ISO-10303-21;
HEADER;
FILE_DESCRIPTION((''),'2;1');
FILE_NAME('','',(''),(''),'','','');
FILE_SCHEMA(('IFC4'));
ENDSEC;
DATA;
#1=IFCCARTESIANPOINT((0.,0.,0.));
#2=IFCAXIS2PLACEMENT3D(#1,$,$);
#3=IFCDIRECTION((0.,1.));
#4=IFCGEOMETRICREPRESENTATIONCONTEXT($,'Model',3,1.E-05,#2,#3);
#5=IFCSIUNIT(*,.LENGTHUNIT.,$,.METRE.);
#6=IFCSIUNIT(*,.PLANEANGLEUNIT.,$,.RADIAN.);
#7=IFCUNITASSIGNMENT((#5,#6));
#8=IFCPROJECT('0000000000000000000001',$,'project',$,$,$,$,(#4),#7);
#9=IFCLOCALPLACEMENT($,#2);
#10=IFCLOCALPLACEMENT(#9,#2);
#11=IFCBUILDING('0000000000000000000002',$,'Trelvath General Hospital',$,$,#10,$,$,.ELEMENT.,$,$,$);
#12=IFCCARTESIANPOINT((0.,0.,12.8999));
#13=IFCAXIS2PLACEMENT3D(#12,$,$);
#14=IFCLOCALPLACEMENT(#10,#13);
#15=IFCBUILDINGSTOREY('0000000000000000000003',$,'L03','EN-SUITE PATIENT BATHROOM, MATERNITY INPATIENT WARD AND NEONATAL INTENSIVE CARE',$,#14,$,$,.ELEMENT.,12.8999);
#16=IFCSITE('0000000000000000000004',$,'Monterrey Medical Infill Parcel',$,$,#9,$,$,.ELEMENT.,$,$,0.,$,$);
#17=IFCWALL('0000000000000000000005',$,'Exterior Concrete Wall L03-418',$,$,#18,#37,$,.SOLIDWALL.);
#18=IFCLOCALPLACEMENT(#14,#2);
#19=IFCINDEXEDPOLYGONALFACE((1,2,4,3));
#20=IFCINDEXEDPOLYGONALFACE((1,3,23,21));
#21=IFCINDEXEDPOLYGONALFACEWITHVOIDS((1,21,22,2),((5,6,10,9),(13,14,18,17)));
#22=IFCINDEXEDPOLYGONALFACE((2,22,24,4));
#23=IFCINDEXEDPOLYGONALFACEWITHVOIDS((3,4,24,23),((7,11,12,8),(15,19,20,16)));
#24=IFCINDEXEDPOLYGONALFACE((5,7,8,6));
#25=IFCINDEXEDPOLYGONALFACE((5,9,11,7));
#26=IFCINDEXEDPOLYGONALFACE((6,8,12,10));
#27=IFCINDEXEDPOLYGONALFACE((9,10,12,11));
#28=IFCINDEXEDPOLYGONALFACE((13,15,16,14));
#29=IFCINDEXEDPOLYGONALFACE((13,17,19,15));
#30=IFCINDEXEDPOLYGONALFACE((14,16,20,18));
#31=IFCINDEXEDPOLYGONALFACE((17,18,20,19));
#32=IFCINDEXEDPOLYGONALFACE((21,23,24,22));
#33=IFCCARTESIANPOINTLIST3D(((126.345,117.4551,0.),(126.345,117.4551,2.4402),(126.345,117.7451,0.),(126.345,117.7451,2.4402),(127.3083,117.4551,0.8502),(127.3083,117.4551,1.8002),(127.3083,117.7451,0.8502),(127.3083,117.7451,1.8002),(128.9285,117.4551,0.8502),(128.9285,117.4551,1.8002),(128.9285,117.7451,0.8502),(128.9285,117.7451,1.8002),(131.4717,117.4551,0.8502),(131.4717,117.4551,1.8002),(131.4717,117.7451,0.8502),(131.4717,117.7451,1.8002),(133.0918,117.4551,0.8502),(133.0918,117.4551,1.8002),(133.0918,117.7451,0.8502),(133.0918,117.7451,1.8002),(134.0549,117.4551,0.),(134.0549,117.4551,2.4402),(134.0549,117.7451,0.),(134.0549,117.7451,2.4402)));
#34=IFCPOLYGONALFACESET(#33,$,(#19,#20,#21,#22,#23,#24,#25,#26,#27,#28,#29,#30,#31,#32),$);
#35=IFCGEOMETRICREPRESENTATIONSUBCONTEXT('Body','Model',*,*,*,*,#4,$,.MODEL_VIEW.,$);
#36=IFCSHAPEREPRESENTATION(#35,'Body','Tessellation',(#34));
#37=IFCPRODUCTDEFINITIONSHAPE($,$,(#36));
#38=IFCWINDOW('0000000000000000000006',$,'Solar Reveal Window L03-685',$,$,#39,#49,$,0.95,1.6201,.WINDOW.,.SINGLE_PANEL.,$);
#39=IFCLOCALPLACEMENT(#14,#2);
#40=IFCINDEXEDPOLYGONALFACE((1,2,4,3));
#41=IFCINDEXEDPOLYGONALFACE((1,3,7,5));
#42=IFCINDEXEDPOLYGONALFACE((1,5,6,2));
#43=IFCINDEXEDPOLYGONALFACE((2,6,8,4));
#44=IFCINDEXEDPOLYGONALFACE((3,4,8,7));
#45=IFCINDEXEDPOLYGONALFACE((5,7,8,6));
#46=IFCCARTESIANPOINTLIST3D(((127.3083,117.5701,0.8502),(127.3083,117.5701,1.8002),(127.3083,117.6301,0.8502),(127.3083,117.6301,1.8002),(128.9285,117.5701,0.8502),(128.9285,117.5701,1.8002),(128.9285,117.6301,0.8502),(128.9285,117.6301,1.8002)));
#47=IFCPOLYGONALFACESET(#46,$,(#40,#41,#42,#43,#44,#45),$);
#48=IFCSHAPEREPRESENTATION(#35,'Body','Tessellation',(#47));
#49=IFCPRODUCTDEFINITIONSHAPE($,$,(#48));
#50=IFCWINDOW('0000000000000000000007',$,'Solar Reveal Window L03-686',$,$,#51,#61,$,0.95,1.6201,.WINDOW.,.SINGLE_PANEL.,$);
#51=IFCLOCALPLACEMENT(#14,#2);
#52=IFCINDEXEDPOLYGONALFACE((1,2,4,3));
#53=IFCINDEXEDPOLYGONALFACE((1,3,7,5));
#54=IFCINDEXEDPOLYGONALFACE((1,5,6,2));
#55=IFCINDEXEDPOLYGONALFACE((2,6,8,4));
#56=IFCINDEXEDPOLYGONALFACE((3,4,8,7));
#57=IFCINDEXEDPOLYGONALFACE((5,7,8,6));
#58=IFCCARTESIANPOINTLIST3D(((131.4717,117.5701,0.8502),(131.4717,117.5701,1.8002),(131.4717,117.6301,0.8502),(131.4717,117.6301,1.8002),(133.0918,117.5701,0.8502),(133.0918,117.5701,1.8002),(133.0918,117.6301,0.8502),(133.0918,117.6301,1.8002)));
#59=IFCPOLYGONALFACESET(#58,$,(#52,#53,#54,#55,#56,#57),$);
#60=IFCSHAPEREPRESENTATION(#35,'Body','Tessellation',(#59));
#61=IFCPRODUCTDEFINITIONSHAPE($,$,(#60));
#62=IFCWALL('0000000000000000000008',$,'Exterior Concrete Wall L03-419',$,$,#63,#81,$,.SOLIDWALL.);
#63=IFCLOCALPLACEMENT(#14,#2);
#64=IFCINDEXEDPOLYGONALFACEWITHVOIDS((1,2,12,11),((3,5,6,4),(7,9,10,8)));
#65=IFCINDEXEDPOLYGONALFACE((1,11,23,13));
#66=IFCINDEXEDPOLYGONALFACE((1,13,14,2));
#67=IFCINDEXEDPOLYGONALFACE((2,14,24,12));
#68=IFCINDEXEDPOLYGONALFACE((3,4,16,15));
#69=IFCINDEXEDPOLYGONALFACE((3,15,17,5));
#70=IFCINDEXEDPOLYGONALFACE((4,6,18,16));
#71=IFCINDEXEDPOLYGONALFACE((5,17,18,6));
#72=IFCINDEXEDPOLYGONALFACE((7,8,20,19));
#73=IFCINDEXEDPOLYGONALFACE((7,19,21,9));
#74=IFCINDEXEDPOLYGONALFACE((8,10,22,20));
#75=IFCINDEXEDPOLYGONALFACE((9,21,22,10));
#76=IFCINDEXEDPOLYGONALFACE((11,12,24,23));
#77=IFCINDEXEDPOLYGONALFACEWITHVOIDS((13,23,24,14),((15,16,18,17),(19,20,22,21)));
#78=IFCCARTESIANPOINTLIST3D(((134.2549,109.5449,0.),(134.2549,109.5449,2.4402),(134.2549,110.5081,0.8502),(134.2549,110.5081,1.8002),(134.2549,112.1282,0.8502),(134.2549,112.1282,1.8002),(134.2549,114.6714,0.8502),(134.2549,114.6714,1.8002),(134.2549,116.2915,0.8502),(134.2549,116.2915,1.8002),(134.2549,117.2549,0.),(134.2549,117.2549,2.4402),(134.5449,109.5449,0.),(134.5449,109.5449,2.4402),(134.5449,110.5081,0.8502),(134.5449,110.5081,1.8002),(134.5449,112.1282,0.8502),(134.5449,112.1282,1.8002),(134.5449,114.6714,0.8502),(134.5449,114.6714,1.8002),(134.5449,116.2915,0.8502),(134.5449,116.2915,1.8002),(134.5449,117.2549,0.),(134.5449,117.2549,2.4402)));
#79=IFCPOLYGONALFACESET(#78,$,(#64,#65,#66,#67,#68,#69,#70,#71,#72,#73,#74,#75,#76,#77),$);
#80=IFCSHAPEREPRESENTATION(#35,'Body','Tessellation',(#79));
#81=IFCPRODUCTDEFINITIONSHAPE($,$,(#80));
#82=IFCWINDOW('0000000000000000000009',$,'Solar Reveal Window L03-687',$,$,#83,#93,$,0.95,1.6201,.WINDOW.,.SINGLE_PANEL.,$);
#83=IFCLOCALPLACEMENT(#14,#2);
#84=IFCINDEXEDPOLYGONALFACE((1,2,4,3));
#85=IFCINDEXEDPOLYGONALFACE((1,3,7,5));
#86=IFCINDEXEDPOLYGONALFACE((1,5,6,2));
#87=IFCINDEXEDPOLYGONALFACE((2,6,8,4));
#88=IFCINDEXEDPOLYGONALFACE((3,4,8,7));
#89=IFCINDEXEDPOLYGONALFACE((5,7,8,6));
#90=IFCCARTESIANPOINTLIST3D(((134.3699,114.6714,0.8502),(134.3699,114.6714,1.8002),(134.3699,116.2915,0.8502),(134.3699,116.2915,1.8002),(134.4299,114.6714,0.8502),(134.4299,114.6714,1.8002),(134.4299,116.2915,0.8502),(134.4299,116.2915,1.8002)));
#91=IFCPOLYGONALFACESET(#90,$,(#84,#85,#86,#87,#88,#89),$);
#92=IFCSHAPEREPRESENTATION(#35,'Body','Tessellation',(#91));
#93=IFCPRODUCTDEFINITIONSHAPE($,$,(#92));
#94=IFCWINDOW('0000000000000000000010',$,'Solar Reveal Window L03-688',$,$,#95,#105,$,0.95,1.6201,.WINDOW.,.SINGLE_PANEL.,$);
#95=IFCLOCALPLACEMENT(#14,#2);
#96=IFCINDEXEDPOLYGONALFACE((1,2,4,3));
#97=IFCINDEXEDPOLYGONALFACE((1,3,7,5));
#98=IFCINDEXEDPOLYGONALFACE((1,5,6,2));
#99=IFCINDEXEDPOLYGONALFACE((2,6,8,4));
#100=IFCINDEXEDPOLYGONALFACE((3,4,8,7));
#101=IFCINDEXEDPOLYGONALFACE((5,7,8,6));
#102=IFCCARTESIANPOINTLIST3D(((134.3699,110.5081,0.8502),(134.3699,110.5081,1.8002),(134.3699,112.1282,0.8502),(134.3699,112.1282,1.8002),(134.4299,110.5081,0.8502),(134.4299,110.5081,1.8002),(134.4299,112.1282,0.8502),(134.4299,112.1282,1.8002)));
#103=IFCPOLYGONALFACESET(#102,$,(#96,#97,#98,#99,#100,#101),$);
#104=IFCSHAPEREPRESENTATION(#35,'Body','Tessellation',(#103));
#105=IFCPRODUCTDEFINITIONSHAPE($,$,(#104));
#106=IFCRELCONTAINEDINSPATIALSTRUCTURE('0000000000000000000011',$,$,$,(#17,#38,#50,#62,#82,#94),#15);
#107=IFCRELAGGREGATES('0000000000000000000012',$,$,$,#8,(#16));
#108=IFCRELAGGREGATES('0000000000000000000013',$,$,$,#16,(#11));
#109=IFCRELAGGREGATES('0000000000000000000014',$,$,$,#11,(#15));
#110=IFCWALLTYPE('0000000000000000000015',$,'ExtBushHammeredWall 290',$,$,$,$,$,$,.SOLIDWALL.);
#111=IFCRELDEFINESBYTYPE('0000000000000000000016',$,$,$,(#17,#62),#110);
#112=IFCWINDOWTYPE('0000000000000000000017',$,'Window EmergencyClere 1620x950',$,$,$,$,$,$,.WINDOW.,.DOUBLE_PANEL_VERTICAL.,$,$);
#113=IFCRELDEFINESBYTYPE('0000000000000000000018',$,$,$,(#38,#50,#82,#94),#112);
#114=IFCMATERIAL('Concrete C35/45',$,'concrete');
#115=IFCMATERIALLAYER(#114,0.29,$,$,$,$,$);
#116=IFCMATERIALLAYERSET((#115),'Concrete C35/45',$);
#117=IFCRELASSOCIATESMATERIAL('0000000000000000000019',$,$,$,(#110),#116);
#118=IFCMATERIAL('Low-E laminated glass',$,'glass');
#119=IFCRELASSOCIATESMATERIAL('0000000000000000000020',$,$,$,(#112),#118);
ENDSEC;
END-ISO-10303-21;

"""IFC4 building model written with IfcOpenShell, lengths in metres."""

from ifc_helpers import new_model, si_unit, direction, frame, frame_2d, origin, place, context, subcontext, project, spatial, rectangle, extrude, material, layer, layer_set, type_object, element, fill, save


model = new_model("IFC4")

# Units and contexts
model_context = context("Model", 3, precision=1e-05, world=origin(), true_north=direction((0.0, 1.0)))
body_context = subcontext(model_context, "Body", "Model", "MODEL_VIEW")
ifc_project = project(units=[si_unit("LENGTHUNIT", "METRE"), si_unit("PLANEANGLEUNIT", "RADIAN")], contexts=[model_context])

# Site, building, storey
site_placement = place(None, origin())
site = spatial("IfcSite", under=ifc_project, at=site_placement, Name="Monterrey Medical Infill Parcel", CompositionType="ELEMENT", RefElevation=0.0)
building_placement = place(site_placement, origin())
building = spatial("IfcBuilding", under=site, at=building_placement, Name="Trelvath General Hospital", CompositionType="ELEMENT")
storey_placement = place(building_placement, frame((0.0, 0.0, 12.8999)))
storey = spatial("IfcBuildingStorey", under=building, at=storey_placement, Name="L03", Description="EN-SUITE PATIENT BATHROOM, MATERNITY INPATIENT WARD AND NEONATAL INTENSIVE CARE", CompositionType="ELEMENT", Elevation=12.8999)

# Walls, openings, windows
ifc_material_1 = material(Name="Concrete C35/45", Category="concrete")
ifc_layer_1 = layer(ifc_material_1, 0.29)
ifc_layer_set_1 = layer_set([ifc_layer_1], Name="Concrete C35/45")
wall_type_1 = type_object("IfcWallType", Name="ExtBushHammeredWall 290", PredefinedType="SOLIDWALL", material=ifc_layer_set_1)
wall_1_placement = place(storey_placement, frame((126.345, 117.6001, 0.0), z_axis=(0.0, 0.0, 1.0), x_axis=(1.0, 0.0, 0.0)))
wall_1 = element("IfcWall", 1, at=wall_1_placement, inside=storey, type_object=wall_type_1, Name="Exterior Concrete Wall L03-418", PredefinedType="SOLIDWALL", context=body_context, shape_type="SweptSolid", body=[
    extrude(rectangle(XDim=7.71, YDim=0.29, at=frame_2d((3.855, 0.0))), origin(), (0.0, 0.0, 1.0), 2.4402),
])
opening_1_placement = place(wall_1_placement, frame((0.9634, 0.0, 0.8501)))
opening_1 = element("IfcOpeningElement", 2, at=opening_1_placement, cuts=wall_1, PredefinedType="OPENING", context=body_context, shape_type="SweptSolid", body=[
    extrude(rectangle(XDim=1.6201, YDim=0.95, at=frame_2d((0.8101, 0.4751))), frame((0.0, 0.155, 0.0), z_axis=(0.0, -1.0, 0.0), x_axis=(1.0, 0.0, 0.0)), (0.0, 0.0, 1.0), 0.3101),
])
opening_2_placement = place(wall_1_placement, frame((5.1267, 0.0, 0.8501)))
opening_2 = element("IfcOpeningElement", 3, at=opening_2_placement, cuts=wall_1, PredefinedType="OPENING", context=body_context, shape_type="SweptSolid", body=[
    extrude(rectangle(XDim=1.6201, YDim=0.95, at=frame_2d((0.8101, 0.4751))), frame((0.0, 0.155, 0.0), z_axis=(0.0, -1.0, 0.0), x_axis=(1.0, 0.0, 0.0)), (0.0, 0.0, 1.0), 0.3101),
])
ifc_material_2 = material(Name="Low-E laminated glass", Category="glass")
window_type = type_object("IfcWindowType", Name="Window EmergencyClere 1620x950", PartitioningType="DOUBLE_PANEL_VERTICAL", PredefinedType="WINDOW", material=ifc_material_2)
window_1_placement = place(opening_1_placement, origin())
window_1 = element("IfcWindow", 4, at=window_1_placement, inside=storey, type_object=window_type, Name="Solar Reveal Window L03-685", OverallHeight=0.95, OverallWidth=1.6201, PartitioningType="SINGLE_PANEL", PredefinedType="WINDOW", context=body_context, shape_type="SweptSolid", body=[
    extrude(rectangle(XDim=1.6201, YDim=0.95, at=frame_2d((0.8101, 0.4751))), frame((0.0, 0.03, 0.0), z_axis=(0.0, -1.0, 0.0), x_axis=(1.0, 0.0, 0.0)), (0.0, 0.0, 1.0), 0.0601),
])
fill(opening_1, window_1)
window_2_placement = place(opening_2_placement, origin())
window_2 = element("IfcWindow", 5, at=window_2_placement, inside=storey, type_object=window_type, Name="Solar Reveal Window L03-686", OverallHeight=0.95, OverallWidth=1.6201, PartitioningType="SINGLE_PANEL", PredefinedType="WINDOW", context=body_context, shape_type="SweptSolid", body=[
    extrude(rectangle(XDim=1.6201, YDim=0.95, at=frame_2d((0.8101, 0.4751))), frame((0.0, 0.03, 0.0), z_axis=(0.0, -1.0, 0.0), x_axis=(1.0, 0.0, 0.0)), (0.0, 0.0, 1.0), 0.0601),
])
fill(opening_2, window_2)
wall_2_placement = place(storey_placement, frame((134.3999, 117.2549, 0.0), z_axis=(0.0, 0.0, 1.0), x_axis=(0.0, -1.0, 0.0)))
wall_2 = element("IfcWall", 6, at=wall_2_placement, inside=storey, type_object=wall_type_1, Name="Exterior Concrete Wall L03-419", PredefinedType="SOLIDWALL", context=body_context, shape_type="SweptSolid", body=[
    extrude(rectangle(XDim=7.71, YDim=0.29, at=frame_2d((3.855, 0.0))), origin(), (0.0, 0.0, 1.0), 2.4402),
])
opening_3_placement = place(wall_2_placement, frame((0.9634, 0.0, 0.8501)))
opening_3 = element("IfcOpeningElement", 7, at=opening_3_placement, cuts=wall_2, PredefinedType="OPENING", context=body_context, shape_type="SweptSolid", body=[
    extrude(rectangle(XDim=1.6201, YDim=0.95, at=frame_2d((0.8101, 0.4751))), frame((0.0, 0.155, 0.0), z_axis=(0.0, -1.0, 0.0), x_axis=(1.0, 0.0, 0.0)), (0.0, 0.0, 1.0), 0.3101),
])
opening_4_placement = place(wall_2_placement, frame((5.1267, 0.0, 0.8501)))
opening_4 = element("IfcOpeningElement", 8, at=opening_4_placement, cuts=wall_2, PredefinedType="OPENING", context=body_context, shape_type="SweptSolid", body=[
    extrude(rectangle(XDim=1.6201, YDim=0.95, at=frame_2d((0.8101, 0.4751))), frame((0.0, 0.155, 0.0), z_axis=(0.0, -1.0, 0.0), x_axis=(1.0, 0.0, 0.0)), (0.0, 0.0, 1.0), 0.3101),
])
window_3_placement = place(opening_3_placement, origin())
window_3 = element("IfcWindow", 9, at=window_3_placement, inside=storey, type_object=window_type, Name="Solar Reveal Window L03-687", OverallHeight=0.95, OverallWidth=1.6201, PartitioningType="SINGLE_PANEL", PredefinedType="WINDOW", context=body_context, shape_type="SweptSolid", body=[
    extrude(rectangle(XDim=1.6201, YDim=0.95, at=frame_2d((0.8101, 0.4751))), frame((0.0, 0.03, 0.0), z_axis=(0.0, -1.0, 0.0), x_axis=(1.0, 0.0, 0.0)), (0.0, 0.0, 1.0), 0.0601),
])
fill(opening_3, window_3)
window_4_placement = place(opening_4_placement, origin())
window_4 = element("IfcWindow", 10, at=window_4_placement, inside=storey, type_object=window_type, Name="Solar Reveal Window L03-688", OverallHeight=0.95, OverallWidth=1.6201, PartitioningType="SINGLE_PANEL", PredefinedType="WINDOW", context=body_context, shape_type="SweptSolid", body=[
    extrude(rectangle(XDim=1.6201, YDim=0.95, at=frame_2d((0.8101, 0.4751))), frame((0.0, 0.03, 0.0), z_axis=(0.0, -1.0, 0.0), x_axis=(1.0, 0.0, 0.0)), (0.0, 0.0, 1.0), 0.0601),
])
fill(opening_4, window_4)

save(model, "model.ifc")
